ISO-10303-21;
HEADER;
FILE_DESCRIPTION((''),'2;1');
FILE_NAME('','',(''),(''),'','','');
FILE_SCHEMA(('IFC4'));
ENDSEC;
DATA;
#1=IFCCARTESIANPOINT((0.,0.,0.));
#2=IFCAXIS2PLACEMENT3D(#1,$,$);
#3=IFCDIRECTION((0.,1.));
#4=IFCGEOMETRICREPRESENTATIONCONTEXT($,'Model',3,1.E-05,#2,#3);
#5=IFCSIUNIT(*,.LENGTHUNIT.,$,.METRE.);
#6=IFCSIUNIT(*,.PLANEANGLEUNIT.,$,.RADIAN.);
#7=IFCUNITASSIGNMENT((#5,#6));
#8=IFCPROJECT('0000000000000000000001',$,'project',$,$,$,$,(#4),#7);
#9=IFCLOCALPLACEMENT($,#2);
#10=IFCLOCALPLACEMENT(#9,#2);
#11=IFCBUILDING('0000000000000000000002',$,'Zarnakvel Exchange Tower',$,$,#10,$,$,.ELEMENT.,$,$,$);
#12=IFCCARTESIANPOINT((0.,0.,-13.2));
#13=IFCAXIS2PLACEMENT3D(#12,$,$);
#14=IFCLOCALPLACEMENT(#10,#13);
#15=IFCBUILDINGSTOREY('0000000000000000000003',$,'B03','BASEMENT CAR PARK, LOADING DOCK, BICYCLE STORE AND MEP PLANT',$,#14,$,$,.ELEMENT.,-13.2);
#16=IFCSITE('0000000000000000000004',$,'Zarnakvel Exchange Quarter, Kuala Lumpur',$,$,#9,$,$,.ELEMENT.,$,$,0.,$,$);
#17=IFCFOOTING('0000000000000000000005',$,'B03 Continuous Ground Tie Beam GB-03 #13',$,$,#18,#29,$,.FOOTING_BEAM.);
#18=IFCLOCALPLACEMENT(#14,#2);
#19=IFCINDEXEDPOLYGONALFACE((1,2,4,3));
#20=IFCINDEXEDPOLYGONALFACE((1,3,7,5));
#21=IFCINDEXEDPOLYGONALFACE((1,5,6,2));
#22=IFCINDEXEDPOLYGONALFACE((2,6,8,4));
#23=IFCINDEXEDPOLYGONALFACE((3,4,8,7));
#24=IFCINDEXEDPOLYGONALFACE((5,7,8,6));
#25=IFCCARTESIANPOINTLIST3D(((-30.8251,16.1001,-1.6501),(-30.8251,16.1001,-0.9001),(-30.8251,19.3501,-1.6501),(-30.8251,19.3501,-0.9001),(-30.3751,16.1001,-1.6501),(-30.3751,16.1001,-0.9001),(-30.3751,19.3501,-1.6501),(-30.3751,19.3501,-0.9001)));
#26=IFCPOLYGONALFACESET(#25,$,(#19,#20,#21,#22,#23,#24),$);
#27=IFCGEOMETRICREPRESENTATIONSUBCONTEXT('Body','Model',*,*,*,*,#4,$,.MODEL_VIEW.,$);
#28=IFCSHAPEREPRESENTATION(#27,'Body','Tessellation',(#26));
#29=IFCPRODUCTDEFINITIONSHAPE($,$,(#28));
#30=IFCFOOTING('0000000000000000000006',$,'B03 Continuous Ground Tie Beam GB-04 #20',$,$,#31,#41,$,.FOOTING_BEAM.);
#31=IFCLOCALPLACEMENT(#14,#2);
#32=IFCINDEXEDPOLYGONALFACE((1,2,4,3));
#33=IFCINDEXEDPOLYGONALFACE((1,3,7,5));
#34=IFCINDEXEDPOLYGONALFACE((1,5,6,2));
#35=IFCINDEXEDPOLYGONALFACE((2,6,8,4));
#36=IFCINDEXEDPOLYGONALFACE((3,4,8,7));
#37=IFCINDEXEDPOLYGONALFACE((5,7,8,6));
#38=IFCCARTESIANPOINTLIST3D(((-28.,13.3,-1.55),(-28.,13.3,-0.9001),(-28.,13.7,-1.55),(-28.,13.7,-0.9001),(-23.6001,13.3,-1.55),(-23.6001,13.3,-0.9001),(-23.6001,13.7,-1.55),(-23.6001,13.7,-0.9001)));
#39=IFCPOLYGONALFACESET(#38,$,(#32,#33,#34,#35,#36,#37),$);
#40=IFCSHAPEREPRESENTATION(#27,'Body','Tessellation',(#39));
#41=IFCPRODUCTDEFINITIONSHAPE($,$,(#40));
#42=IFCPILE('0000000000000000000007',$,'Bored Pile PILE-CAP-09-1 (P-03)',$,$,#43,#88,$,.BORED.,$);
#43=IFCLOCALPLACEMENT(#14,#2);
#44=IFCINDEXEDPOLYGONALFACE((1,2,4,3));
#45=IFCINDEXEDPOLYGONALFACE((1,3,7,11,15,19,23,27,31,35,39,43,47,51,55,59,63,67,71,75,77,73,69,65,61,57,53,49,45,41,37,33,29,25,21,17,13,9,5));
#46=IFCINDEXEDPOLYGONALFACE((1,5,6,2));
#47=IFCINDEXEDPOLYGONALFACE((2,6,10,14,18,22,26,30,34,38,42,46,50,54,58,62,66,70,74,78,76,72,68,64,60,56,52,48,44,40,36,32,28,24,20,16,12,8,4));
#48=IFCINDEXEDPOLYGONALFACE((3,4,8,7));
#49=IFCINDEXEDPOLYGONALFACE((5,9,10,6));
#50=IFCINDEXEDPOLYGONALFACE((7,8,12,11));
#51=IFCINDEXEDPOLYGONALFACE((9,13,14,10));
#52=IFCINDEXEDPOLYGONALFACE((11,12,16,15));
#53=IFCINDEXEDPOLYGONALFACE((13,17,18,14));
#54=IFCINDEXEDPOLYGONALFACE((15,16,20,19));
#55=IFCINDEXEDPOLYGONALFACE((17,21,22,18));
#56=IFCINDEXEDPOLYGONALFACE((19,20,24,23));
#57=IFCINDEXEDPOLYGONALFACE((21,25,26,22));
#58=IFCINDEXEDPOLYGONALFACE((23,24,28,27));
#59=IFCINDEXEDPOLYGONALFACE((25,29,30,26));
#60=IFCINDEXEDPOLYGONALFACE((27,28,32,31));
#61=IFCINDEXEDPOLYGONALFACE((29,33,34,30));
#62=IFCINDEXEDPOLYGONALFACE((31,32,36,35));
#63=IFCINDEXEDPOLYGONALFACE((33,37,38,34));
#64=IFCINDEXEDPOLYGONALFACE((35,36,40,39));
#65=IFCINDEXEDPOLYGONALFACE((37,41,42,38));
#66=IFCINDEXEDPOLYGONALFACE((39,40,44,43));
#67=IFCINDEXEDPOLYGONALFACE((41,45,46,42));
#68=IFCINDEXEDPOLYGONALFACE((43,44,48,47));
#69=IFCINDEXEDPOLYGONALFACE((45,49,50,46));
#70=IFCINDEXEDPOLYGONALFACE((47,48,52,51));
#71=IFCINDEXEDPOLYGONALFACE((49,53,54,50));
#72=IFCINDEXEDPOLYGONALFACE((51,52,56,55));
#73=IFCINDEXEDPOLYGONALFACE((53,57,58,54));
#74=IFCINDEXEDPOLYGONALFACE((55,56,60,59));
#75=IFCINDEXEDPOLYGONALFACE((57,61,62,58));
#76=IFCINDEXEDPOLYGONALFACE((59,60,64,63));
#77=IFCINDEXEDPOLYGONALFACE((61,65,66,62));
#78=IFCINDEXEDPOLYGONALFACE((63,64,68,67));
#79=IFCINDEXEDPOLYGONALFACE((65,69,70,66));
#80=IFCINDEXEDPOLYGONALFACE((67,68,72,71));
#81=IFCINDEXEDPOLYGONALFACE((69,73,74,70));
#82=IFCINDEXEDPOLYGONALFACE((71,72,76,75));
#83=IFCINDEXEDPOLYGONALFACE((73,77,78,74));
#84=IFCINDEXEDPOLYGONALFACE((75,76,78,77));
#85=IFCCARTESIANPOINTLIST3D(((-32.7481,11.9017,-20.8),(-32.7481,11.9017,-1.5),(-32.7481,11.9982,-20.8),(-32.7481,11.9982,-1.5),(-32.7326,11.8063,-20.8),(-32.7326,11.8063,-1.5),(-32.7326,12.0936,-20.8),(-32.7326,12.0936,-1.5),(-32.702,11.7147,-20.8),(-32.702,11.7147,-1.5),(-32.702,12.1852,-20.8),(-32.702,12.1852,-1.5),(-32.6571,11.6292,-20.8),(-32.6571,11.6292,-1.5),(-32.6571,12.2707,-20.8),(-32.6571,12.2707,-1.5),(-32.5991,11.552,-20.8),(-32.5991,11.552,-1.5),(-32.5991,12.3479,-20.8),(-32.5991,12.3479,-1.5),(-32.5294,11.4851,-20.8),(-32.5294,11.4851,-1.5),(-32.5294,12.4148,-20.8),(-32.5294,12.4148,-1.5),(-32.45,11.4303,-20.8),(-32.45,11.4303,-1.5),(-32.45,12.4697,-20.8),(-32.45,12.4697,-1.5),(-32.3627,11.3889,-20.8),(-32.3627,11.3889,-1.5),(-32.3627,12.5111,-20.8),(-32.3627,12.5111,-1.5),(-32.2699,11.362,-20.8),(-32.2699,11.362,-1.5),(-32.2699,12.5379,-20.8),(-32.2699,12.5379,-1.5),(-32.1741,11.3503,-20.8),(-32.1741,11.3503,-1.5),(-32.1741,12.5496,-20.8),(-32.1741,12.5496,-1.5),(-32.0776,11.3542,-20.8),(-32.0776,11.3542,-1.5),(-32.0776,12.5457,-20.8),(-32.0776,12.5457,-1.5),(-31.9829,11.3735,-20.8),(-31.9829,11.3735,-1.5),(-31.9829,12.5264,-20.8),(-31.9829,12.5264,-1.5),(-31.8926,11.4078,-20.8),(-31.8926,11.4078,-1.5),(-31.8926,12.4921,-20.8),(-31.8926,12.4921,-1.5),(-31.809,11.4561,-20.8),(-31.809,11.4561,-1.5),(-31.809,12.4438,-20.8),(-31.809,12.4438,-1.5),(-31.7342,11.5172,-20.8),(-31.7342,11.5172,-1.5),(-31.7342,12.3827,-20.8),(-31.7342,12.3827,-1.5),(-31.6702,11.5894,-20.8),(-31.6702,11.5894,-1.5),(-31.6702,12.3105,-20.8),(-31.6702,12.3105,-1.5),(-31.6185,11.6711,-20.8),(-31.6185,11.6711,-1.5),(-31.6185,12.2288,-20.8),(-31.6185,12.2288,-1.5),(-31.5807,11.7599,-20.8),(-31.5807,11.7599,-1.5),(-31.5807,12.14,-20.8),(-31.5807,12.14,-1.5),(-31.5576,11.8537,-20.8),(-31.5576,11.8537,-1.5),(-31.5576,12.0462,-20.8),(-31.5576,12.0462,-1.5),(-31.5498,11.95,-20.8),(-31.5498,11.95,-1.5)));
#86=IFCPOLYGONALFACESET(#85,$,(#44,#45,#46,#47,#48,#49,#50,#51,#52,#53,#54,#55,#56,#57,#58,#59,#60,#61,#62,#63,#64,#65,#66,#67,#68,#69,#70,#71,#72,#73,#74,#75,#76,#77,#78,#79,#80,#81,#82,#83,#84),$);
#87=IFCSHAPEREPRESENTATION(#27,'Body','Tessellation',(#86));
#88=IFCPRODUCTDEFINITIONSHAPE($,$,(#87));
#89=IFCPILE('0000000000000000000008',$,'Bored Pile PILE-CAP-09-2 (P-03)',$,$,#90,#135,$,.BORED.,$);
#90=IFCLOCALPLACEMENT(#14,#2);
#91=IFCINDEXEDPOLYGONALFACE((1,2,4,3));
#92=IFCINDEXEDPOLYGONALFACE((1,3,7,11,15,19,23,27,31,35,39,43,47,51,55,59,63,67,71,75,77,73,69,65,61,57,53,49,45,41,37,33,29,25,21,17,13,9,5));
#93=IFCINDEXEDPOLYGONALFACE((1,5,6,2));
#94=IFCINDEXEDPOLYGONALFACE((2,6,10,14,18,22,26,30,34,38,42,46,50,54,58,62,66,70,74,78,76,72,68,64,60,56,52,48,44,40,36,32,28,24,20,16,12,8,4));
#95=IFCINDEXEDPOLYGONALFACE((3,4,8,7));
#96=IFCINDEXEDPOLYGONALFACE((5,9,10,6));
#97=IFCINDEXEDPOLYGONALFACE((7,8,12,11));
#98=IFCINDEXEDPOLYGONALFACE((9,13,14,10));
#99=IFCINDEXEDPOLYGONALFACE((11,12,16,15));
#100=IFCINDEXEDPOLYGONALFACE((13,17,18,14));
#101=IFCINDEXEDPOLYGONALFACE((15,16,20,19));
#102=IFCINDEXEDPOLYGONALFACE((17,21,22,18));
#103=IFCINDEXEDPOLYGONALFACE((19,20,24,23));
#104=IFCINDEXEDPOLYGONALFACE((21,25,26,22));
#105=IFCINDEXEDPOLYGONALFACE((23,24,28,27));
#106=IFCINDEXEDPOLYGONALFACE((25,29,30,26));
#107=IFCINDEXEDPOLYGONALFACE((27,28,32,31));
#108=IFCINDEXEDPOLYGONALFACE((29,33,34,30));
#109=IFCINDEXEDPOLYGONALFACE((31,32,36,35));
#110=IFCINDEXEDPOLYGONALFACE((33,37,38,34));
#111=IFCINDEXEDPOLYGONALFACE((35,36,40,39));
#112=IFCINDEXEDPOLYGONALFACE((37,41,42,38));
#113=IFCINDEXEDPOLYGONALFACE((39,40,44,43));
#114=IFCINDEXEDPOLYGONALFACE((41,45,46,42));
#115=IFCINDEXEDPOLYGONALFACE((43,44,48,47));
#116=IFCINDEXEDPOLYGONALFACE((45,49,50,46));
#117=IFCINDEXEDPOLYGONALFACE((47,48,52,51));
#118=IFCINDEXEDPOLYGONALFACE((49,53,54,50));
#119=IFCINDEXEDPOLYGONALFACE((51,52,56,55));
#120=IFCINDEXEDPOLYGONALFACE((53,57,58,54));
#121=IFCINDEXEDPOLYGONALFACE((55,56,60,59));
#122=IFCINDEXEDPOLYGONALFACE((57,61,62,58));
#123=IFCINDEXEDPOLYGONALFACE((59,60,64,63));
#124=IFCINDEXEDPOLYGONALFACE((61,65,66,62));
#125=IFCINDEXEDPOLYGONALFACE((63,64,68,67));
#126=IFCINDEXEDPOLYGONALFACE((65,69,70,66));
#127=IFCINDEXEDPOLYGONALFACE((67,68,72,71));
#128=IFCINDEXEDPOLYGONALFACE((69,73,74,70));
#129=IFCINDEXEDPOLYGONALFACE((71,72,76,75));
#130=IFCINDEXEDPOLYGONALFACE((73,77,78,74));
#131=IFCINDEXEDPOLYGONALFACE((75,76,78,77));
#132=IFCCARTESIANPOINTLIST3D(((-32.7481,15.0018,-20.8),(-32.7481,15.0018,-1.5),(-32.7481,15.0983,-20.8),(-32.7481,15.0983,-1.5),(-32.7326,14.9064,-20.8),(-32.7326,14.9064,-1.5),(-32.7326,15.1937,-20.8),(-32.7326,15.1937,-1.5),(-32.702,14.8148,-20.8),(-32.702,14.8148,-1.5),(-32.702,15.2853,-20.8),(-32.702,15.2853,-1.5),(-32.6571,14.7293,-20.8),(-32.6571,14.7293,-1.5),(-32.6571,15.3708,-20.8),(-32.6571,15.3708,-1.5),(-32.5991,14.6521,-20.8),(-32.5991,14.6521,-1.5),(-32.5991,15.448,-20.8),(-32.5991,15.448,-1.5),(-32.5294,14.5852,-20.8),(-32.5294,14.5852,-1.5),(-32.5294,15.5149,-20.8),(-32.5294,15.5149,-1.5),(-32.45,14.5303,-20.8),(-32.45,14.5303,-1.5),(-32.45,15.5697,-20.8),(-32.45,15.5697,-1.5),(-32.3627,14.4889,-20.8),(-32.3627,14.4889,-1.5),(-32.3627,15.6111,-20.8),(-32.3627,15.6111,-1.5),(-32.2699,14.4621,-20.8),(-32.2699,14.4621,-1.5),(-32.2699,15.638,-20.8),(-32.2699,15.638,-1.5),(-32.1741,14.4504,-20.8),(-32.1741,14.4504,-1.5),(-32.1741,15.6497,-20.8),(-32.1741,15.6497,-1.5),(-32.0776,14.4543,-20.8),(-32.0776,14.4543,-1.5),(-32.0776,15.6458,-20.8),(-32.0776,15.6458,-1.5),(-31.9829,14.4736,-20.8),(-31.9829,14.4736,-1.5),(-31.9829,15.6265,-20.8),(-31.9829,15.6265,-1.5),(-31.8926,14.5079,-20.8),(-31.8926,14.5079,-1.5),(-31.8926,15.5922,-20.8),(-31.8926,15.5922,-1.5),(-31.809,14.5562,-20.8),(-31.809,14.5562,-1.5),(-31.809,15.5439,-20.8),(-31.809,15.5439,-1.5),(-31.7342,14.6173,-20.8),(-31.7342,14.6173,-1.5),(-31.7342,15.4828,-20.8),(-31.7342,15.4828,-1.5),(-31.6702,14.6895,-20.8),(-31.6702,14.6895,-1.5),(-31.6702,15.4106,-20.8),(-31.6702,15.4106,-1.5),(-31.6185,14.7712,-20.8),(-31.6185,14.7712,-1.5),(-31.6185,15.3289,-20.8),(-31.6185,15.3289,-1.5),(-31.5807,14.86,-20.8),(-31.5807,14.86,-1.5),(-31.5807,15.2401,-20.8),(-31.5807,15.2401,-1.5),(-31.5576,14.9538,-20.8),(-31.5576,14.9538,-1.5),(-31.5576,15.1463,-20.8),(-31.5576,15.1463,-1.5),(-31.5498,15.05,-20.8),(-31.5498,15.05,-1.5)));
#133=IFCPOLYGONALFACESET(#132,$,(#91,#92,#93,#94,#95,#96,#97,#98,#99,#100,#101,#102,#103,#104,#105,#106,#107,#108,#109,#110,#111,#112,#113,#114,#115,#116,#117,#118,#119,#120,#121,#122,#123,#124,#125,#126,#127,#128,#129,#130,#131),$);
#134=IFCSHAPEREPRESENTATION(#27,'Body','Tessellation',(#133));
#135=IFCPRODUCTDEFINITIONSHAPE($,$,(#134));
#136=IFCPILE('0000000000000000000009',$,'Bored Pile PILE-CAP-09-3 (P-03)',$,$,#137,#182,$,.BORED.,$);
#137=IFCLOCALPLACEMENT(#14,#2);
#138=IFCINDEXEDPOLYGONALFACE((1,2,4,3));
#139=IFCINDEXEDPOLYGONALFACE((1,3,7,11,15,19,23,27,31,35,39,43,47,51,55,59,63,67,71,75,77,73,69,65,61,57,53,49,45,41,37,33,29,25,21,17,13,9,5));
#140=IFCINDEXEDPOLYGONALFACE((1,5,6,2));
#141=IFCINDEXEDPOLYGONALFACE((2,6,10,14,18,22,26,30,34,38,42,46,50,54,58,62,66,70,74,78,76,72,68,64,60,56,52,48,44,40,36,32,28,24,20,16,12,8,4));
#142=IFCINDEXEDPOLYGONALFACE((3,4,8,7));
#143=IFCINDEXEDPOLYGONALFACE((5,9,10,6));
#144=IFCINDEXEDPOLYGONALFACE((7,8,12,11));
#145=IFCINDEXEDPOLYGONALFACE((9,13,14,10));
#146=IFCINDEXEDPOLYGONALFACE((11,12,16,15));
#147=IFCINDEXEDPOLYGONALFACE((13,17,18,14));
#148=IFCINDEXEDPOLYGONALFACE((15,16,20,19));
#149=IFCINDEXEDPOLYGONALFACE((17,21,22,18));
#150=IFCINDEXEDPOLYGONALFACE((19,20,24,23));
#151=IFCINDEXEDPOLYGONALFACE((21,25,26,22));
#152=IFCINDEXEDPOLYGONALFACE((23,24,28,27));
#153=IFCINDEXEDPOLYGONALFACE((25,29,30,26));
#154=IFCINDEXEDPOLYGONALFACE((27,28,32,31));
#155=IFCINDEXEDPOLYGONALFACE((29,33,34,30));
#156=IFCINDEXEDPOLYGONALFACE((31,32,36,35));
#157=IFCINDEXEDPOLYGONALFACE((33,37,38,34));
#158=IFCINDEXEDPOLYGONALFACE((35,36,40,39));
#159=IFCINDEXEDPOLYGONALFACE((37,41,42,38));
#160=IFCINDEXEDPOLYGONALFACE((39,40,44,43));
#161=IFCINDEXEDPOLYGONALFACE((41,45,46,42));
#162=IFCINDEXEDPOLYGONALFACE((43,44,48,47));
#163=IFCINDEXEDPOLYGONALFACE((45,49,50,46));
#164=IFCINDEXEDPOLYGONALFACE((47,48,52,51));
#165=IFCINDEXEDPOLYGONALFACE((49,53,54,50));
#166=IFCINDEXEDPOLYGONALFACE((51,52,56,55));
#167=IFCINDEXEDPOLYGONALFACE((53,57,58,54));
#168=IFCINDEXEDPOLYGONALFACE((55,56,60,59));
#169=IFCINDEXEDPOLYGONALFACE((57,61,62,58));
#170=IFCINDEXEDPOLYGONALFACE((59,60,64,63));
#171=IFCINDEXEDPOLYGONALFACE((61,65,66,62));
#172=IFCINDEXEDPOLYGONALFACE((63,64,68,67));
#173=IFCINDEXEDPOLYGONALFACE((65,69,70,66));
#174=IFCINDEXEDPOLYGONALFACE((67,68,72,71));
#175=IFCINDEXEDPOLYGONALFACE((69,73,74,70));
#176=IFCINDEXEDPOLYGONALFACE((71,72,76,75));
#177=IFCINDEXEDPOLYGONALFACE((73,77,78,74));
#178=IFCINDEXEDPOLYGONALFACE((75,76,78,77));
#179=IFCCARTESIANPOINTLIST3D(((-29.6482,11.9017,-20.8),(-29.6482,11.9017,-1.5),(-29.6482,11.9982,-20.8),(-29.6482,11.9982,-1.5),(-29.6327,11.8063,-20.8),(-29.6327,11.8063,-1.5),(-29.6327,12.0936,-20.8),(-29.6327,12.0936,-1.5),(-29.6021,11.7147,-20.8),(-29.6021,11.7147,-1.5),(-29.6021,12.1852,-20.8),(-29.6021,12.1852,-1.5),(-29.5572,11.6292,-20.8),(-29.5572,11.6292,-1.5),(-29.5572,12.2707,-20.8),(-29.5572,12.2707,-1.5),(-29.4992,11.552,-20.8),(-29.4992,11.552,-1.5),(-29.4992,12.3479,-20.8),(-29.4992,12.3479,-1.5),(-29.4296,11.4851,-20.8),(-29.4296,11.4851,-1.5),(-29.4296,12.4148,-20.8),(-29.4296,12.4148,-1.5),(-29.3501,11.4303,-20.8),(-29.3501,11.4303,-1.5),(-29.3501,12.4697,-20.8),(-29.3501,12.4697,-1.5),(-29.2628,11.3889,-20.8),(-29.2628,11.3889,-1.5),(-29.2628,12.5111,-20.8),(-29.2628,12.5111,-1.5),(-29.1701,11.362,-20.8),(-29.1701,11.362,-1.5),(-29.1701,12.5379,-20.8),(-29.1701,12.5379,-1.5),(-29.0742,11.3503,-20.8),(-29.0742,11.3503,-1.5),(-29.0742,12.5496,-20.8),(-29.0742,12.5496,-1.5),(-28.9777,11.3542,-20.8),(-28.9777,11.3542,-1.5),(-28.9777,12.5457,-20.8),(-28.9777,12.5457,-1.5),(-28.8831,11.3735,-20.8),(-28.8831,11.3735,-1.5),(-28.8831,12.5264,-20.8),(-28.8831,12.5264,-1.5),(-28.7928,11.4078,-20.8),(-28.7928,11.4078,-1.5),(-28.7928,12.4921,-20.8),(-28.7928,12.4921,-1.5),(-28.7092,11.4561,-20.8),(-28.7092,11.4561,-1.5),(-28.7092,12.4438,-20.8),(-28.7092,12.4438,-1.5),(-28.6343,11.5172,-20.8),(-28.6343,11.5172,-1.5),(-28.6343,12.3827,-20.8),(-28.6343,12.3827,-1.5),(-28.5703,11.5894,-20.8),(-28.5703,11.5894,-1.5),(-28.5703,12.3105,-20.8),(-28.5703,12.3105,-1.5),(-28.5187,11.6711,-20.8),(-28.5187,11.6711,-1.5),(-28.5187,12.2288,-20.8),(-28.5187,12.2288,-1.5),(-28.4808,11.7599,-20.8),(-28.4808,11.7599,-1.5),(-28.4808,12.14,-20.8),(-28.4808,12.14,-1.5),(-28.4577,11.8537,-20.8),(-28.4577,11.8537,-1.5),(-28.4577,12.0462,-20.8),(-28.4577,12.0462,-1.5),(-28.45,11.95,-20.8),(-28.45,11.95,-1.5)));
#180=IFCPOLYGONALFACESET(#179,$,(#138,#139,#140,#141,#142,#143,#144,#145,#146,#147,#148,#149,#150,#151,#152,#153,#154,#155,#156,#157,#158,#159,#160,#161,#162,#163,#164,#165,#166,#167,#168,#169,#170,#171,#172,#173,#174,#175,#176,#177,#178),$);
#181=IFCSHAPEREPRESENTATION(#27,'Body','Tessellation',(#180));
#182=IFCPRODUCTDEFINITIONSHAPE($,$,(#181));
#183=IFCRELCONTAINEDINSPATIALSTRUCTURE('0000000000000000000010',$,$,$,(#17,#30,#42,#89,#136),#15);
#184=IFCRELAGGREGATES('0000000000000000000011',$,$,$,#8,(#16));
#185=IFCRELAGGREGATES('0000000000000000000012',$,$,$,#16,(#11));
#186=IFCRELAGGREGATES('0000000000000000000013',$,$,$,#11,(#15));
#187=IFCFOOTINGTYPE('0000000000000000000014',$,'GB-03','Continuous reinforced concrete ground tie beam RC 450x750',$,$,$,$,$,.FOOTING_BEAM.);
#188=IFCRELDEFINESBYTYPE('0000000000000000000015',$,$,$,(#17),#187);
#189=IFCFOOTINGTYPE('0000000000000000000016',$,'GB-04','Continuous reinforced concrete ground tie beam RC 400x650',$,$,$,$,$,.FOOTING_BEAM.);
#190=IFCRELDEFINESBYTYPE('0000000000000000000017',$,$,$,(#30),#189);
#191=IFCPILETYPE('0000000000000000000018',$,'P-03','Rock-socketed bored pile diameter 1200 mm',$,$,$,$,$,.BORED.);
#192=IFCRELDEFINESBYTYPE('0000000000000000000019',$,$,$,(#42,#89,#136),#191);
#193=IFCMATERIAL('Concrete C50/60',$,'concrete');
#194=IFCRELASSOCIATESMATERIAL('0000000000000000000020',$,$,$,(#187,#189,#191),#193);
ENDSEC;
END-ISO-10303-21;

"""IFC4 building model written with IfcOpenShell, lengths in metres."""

from ifc_helpers import new_model, si_unit, direction, frame, origin, origin_2d, place, context, subcontext, project, spatial, rectangle, circle, extrude, material, material_profile, profile_set, type_object, element, save


model = new_model("IFC4")

# Units and contexts
model_context = context("Model", 3, precision=1e-05, world=origin(), true_north=direction((0.0, 1.0)))
body_context = subcontext(model_context, "Body", "Model", "MODEL_VIEW")
ifc_project = project(units=[si_unit("LENGTHUNIT", "METRE"), si_unit("PLANEANGLEUNIT", "RADIAN")], contexts=[model_context])

# Site, building, storey
site_placement = place(None, origin())
site = spatial("IfcSite", under=ifc_project, at=site_placement, Name="Zarnakvel Exchange Quarter, Kuala Lumpur", CompositionType="ELEMENT", RefElevation=0.0)
building_placement = place(site_placement, origin())
building = spatial("IfcBuilding", under=site, at=building_placement, Name="Zarnakvel Exchange Tower", CompositionType="ELEMENT")
storey_placement = place(building_placement, frame((0.0, 0.0, -13.2)))
storey = spatial("IfcBuildingStorey", under=building, at=storey_placement, Name="B03", Description="BASEMENT CAR PARK, LOADING DOCK, BICYCLE STORE AND MEP PLANT", CompositionType="ELEMENT", Elevation=-13.2)

# Footings
ifc_material_1 = material(Name="Concrete C50/60", Category="concrete")
ifc_material_profile_1 = material_profile(ifc_material_1, rectangle(XDim=0.45, YDim=0.75, at=origin_2d()))
ifc_profile_set_1 = profile_set([ifc_material_profile_1], Name="Concrete C50/60")
footing_type_1 = type_object("IfcFootingType", Name="GB-03", Description="Continuous reinforced concrete ground tie beam RC 450x750", PredefinedType="FOOTING_BEAM", material=ifc_profile_set_1)
footing_1_placement = place(storey_placement, frame((-30.6001, 16.1001, -1.2751), z_axis=(0.0, 1.0, 0.0), x_axis=(-1.0, 0.0, 0.0)))
element("IfcFooting", 1, at=footing_1_placement, inside=storey, type_object=footing_type_1, Name="B03 Continuous Ground Tie Beam GB-03 #13", PredefinedType="FOOTING_BEAM", context=body_context, shape_type="SweptSolid", body=[
    extrude(rectangle(XDim=0.45, YDim=0.75, at=origin_2d()), origin(), (0.0, 0.0, 1.0), 3.25),
])
ifc_material_profile_2 = material_profile(ifc_material_1, rectangle(XDim=0.3999, YDim=0.6499, at=origin_2d()))
ifc_profile_set_2 = profile_set([ifc_material_profile_2], Name="Concrete C50/60")
footing_type_2 = type_object("IfcFootingType", Name="GB-04", Description="Continuous reinforced concrete ground tie beam RC 400x650", PredefinedType="FOOTING_BEAM", material=ifc_profile_set_2)
footing_2_placement = place(storey_placement, frame((-28.0, 13.5, -1.2251), z_axis=(1.0, 0.0, 0.0), x_axis=(0.0, 1.0, 0.0)))
element("IfcFooting", 2, at=footing_2_placement, inside=storey, type_object=footing_type_2, Name="B03 Continuous Ground Tie Beam GB-04 #20", PredefinedType="FOOTING_BEAM", context=body_context, shape_type="SweptSolid", body=[
    extrude(rectangle(XDim=0.3999, YDim=0.6499, at=origin_2d()), origin(), (0.0, 0.0, 1.0), 4.3999),
])

# Piles
ifc_material_profile_3 = material_profile(ifc_material_1, circle(Radius=0.6001, at=origin_2d()))
ifc_profile_set_3 = profile_set([ifc_material_profile_3], Name="Concrete C50/60")
pile_type_1 = type_object("IfcPileType", Name="P-03", Description="Rock-socketed bored pile diameter 1200 mm", PredefinedType="BORED", material=ifc_profile_set_3)
for number, where, z_axis, x_axis, name in (
    (3, (-32.1499, 11.95, -1.5), (0.0, 0.0, -1.0), (1.0, 0.0, 0.0), "Bored Pile PILE-CAP-09-1 (P-03)"),
    (4, (-32.1499, 15.05, -1.5), (0.0, 0.0, -1.0), (1.0, 0.0, 0.0), "Bored Pile PILE-CAP-09-2 (P-03)"),
    (5, (-29.05, 11.95, -1.5), (0.0, 0.0, -1.0), (1.0, 0.0, 0.0), "Bored Pile PILE-CAP-09-3 (P-03)"),
):
    element("IfcPile", number, at=place(storey_placement, frame(where, z_axis=z_axis, x_axis=x_axis)), inside=storey, type_object=pile_type_1, Name=name, PredefinedType="BORED", context=body_context, shape_type="SweptSolid", body=[
        extrude(circle(Radius=0.6001, at=origin_2d()), origin(), (0.0, 0.0, 1.0), 19.3),
    ])

save(model, "model.ifc")
